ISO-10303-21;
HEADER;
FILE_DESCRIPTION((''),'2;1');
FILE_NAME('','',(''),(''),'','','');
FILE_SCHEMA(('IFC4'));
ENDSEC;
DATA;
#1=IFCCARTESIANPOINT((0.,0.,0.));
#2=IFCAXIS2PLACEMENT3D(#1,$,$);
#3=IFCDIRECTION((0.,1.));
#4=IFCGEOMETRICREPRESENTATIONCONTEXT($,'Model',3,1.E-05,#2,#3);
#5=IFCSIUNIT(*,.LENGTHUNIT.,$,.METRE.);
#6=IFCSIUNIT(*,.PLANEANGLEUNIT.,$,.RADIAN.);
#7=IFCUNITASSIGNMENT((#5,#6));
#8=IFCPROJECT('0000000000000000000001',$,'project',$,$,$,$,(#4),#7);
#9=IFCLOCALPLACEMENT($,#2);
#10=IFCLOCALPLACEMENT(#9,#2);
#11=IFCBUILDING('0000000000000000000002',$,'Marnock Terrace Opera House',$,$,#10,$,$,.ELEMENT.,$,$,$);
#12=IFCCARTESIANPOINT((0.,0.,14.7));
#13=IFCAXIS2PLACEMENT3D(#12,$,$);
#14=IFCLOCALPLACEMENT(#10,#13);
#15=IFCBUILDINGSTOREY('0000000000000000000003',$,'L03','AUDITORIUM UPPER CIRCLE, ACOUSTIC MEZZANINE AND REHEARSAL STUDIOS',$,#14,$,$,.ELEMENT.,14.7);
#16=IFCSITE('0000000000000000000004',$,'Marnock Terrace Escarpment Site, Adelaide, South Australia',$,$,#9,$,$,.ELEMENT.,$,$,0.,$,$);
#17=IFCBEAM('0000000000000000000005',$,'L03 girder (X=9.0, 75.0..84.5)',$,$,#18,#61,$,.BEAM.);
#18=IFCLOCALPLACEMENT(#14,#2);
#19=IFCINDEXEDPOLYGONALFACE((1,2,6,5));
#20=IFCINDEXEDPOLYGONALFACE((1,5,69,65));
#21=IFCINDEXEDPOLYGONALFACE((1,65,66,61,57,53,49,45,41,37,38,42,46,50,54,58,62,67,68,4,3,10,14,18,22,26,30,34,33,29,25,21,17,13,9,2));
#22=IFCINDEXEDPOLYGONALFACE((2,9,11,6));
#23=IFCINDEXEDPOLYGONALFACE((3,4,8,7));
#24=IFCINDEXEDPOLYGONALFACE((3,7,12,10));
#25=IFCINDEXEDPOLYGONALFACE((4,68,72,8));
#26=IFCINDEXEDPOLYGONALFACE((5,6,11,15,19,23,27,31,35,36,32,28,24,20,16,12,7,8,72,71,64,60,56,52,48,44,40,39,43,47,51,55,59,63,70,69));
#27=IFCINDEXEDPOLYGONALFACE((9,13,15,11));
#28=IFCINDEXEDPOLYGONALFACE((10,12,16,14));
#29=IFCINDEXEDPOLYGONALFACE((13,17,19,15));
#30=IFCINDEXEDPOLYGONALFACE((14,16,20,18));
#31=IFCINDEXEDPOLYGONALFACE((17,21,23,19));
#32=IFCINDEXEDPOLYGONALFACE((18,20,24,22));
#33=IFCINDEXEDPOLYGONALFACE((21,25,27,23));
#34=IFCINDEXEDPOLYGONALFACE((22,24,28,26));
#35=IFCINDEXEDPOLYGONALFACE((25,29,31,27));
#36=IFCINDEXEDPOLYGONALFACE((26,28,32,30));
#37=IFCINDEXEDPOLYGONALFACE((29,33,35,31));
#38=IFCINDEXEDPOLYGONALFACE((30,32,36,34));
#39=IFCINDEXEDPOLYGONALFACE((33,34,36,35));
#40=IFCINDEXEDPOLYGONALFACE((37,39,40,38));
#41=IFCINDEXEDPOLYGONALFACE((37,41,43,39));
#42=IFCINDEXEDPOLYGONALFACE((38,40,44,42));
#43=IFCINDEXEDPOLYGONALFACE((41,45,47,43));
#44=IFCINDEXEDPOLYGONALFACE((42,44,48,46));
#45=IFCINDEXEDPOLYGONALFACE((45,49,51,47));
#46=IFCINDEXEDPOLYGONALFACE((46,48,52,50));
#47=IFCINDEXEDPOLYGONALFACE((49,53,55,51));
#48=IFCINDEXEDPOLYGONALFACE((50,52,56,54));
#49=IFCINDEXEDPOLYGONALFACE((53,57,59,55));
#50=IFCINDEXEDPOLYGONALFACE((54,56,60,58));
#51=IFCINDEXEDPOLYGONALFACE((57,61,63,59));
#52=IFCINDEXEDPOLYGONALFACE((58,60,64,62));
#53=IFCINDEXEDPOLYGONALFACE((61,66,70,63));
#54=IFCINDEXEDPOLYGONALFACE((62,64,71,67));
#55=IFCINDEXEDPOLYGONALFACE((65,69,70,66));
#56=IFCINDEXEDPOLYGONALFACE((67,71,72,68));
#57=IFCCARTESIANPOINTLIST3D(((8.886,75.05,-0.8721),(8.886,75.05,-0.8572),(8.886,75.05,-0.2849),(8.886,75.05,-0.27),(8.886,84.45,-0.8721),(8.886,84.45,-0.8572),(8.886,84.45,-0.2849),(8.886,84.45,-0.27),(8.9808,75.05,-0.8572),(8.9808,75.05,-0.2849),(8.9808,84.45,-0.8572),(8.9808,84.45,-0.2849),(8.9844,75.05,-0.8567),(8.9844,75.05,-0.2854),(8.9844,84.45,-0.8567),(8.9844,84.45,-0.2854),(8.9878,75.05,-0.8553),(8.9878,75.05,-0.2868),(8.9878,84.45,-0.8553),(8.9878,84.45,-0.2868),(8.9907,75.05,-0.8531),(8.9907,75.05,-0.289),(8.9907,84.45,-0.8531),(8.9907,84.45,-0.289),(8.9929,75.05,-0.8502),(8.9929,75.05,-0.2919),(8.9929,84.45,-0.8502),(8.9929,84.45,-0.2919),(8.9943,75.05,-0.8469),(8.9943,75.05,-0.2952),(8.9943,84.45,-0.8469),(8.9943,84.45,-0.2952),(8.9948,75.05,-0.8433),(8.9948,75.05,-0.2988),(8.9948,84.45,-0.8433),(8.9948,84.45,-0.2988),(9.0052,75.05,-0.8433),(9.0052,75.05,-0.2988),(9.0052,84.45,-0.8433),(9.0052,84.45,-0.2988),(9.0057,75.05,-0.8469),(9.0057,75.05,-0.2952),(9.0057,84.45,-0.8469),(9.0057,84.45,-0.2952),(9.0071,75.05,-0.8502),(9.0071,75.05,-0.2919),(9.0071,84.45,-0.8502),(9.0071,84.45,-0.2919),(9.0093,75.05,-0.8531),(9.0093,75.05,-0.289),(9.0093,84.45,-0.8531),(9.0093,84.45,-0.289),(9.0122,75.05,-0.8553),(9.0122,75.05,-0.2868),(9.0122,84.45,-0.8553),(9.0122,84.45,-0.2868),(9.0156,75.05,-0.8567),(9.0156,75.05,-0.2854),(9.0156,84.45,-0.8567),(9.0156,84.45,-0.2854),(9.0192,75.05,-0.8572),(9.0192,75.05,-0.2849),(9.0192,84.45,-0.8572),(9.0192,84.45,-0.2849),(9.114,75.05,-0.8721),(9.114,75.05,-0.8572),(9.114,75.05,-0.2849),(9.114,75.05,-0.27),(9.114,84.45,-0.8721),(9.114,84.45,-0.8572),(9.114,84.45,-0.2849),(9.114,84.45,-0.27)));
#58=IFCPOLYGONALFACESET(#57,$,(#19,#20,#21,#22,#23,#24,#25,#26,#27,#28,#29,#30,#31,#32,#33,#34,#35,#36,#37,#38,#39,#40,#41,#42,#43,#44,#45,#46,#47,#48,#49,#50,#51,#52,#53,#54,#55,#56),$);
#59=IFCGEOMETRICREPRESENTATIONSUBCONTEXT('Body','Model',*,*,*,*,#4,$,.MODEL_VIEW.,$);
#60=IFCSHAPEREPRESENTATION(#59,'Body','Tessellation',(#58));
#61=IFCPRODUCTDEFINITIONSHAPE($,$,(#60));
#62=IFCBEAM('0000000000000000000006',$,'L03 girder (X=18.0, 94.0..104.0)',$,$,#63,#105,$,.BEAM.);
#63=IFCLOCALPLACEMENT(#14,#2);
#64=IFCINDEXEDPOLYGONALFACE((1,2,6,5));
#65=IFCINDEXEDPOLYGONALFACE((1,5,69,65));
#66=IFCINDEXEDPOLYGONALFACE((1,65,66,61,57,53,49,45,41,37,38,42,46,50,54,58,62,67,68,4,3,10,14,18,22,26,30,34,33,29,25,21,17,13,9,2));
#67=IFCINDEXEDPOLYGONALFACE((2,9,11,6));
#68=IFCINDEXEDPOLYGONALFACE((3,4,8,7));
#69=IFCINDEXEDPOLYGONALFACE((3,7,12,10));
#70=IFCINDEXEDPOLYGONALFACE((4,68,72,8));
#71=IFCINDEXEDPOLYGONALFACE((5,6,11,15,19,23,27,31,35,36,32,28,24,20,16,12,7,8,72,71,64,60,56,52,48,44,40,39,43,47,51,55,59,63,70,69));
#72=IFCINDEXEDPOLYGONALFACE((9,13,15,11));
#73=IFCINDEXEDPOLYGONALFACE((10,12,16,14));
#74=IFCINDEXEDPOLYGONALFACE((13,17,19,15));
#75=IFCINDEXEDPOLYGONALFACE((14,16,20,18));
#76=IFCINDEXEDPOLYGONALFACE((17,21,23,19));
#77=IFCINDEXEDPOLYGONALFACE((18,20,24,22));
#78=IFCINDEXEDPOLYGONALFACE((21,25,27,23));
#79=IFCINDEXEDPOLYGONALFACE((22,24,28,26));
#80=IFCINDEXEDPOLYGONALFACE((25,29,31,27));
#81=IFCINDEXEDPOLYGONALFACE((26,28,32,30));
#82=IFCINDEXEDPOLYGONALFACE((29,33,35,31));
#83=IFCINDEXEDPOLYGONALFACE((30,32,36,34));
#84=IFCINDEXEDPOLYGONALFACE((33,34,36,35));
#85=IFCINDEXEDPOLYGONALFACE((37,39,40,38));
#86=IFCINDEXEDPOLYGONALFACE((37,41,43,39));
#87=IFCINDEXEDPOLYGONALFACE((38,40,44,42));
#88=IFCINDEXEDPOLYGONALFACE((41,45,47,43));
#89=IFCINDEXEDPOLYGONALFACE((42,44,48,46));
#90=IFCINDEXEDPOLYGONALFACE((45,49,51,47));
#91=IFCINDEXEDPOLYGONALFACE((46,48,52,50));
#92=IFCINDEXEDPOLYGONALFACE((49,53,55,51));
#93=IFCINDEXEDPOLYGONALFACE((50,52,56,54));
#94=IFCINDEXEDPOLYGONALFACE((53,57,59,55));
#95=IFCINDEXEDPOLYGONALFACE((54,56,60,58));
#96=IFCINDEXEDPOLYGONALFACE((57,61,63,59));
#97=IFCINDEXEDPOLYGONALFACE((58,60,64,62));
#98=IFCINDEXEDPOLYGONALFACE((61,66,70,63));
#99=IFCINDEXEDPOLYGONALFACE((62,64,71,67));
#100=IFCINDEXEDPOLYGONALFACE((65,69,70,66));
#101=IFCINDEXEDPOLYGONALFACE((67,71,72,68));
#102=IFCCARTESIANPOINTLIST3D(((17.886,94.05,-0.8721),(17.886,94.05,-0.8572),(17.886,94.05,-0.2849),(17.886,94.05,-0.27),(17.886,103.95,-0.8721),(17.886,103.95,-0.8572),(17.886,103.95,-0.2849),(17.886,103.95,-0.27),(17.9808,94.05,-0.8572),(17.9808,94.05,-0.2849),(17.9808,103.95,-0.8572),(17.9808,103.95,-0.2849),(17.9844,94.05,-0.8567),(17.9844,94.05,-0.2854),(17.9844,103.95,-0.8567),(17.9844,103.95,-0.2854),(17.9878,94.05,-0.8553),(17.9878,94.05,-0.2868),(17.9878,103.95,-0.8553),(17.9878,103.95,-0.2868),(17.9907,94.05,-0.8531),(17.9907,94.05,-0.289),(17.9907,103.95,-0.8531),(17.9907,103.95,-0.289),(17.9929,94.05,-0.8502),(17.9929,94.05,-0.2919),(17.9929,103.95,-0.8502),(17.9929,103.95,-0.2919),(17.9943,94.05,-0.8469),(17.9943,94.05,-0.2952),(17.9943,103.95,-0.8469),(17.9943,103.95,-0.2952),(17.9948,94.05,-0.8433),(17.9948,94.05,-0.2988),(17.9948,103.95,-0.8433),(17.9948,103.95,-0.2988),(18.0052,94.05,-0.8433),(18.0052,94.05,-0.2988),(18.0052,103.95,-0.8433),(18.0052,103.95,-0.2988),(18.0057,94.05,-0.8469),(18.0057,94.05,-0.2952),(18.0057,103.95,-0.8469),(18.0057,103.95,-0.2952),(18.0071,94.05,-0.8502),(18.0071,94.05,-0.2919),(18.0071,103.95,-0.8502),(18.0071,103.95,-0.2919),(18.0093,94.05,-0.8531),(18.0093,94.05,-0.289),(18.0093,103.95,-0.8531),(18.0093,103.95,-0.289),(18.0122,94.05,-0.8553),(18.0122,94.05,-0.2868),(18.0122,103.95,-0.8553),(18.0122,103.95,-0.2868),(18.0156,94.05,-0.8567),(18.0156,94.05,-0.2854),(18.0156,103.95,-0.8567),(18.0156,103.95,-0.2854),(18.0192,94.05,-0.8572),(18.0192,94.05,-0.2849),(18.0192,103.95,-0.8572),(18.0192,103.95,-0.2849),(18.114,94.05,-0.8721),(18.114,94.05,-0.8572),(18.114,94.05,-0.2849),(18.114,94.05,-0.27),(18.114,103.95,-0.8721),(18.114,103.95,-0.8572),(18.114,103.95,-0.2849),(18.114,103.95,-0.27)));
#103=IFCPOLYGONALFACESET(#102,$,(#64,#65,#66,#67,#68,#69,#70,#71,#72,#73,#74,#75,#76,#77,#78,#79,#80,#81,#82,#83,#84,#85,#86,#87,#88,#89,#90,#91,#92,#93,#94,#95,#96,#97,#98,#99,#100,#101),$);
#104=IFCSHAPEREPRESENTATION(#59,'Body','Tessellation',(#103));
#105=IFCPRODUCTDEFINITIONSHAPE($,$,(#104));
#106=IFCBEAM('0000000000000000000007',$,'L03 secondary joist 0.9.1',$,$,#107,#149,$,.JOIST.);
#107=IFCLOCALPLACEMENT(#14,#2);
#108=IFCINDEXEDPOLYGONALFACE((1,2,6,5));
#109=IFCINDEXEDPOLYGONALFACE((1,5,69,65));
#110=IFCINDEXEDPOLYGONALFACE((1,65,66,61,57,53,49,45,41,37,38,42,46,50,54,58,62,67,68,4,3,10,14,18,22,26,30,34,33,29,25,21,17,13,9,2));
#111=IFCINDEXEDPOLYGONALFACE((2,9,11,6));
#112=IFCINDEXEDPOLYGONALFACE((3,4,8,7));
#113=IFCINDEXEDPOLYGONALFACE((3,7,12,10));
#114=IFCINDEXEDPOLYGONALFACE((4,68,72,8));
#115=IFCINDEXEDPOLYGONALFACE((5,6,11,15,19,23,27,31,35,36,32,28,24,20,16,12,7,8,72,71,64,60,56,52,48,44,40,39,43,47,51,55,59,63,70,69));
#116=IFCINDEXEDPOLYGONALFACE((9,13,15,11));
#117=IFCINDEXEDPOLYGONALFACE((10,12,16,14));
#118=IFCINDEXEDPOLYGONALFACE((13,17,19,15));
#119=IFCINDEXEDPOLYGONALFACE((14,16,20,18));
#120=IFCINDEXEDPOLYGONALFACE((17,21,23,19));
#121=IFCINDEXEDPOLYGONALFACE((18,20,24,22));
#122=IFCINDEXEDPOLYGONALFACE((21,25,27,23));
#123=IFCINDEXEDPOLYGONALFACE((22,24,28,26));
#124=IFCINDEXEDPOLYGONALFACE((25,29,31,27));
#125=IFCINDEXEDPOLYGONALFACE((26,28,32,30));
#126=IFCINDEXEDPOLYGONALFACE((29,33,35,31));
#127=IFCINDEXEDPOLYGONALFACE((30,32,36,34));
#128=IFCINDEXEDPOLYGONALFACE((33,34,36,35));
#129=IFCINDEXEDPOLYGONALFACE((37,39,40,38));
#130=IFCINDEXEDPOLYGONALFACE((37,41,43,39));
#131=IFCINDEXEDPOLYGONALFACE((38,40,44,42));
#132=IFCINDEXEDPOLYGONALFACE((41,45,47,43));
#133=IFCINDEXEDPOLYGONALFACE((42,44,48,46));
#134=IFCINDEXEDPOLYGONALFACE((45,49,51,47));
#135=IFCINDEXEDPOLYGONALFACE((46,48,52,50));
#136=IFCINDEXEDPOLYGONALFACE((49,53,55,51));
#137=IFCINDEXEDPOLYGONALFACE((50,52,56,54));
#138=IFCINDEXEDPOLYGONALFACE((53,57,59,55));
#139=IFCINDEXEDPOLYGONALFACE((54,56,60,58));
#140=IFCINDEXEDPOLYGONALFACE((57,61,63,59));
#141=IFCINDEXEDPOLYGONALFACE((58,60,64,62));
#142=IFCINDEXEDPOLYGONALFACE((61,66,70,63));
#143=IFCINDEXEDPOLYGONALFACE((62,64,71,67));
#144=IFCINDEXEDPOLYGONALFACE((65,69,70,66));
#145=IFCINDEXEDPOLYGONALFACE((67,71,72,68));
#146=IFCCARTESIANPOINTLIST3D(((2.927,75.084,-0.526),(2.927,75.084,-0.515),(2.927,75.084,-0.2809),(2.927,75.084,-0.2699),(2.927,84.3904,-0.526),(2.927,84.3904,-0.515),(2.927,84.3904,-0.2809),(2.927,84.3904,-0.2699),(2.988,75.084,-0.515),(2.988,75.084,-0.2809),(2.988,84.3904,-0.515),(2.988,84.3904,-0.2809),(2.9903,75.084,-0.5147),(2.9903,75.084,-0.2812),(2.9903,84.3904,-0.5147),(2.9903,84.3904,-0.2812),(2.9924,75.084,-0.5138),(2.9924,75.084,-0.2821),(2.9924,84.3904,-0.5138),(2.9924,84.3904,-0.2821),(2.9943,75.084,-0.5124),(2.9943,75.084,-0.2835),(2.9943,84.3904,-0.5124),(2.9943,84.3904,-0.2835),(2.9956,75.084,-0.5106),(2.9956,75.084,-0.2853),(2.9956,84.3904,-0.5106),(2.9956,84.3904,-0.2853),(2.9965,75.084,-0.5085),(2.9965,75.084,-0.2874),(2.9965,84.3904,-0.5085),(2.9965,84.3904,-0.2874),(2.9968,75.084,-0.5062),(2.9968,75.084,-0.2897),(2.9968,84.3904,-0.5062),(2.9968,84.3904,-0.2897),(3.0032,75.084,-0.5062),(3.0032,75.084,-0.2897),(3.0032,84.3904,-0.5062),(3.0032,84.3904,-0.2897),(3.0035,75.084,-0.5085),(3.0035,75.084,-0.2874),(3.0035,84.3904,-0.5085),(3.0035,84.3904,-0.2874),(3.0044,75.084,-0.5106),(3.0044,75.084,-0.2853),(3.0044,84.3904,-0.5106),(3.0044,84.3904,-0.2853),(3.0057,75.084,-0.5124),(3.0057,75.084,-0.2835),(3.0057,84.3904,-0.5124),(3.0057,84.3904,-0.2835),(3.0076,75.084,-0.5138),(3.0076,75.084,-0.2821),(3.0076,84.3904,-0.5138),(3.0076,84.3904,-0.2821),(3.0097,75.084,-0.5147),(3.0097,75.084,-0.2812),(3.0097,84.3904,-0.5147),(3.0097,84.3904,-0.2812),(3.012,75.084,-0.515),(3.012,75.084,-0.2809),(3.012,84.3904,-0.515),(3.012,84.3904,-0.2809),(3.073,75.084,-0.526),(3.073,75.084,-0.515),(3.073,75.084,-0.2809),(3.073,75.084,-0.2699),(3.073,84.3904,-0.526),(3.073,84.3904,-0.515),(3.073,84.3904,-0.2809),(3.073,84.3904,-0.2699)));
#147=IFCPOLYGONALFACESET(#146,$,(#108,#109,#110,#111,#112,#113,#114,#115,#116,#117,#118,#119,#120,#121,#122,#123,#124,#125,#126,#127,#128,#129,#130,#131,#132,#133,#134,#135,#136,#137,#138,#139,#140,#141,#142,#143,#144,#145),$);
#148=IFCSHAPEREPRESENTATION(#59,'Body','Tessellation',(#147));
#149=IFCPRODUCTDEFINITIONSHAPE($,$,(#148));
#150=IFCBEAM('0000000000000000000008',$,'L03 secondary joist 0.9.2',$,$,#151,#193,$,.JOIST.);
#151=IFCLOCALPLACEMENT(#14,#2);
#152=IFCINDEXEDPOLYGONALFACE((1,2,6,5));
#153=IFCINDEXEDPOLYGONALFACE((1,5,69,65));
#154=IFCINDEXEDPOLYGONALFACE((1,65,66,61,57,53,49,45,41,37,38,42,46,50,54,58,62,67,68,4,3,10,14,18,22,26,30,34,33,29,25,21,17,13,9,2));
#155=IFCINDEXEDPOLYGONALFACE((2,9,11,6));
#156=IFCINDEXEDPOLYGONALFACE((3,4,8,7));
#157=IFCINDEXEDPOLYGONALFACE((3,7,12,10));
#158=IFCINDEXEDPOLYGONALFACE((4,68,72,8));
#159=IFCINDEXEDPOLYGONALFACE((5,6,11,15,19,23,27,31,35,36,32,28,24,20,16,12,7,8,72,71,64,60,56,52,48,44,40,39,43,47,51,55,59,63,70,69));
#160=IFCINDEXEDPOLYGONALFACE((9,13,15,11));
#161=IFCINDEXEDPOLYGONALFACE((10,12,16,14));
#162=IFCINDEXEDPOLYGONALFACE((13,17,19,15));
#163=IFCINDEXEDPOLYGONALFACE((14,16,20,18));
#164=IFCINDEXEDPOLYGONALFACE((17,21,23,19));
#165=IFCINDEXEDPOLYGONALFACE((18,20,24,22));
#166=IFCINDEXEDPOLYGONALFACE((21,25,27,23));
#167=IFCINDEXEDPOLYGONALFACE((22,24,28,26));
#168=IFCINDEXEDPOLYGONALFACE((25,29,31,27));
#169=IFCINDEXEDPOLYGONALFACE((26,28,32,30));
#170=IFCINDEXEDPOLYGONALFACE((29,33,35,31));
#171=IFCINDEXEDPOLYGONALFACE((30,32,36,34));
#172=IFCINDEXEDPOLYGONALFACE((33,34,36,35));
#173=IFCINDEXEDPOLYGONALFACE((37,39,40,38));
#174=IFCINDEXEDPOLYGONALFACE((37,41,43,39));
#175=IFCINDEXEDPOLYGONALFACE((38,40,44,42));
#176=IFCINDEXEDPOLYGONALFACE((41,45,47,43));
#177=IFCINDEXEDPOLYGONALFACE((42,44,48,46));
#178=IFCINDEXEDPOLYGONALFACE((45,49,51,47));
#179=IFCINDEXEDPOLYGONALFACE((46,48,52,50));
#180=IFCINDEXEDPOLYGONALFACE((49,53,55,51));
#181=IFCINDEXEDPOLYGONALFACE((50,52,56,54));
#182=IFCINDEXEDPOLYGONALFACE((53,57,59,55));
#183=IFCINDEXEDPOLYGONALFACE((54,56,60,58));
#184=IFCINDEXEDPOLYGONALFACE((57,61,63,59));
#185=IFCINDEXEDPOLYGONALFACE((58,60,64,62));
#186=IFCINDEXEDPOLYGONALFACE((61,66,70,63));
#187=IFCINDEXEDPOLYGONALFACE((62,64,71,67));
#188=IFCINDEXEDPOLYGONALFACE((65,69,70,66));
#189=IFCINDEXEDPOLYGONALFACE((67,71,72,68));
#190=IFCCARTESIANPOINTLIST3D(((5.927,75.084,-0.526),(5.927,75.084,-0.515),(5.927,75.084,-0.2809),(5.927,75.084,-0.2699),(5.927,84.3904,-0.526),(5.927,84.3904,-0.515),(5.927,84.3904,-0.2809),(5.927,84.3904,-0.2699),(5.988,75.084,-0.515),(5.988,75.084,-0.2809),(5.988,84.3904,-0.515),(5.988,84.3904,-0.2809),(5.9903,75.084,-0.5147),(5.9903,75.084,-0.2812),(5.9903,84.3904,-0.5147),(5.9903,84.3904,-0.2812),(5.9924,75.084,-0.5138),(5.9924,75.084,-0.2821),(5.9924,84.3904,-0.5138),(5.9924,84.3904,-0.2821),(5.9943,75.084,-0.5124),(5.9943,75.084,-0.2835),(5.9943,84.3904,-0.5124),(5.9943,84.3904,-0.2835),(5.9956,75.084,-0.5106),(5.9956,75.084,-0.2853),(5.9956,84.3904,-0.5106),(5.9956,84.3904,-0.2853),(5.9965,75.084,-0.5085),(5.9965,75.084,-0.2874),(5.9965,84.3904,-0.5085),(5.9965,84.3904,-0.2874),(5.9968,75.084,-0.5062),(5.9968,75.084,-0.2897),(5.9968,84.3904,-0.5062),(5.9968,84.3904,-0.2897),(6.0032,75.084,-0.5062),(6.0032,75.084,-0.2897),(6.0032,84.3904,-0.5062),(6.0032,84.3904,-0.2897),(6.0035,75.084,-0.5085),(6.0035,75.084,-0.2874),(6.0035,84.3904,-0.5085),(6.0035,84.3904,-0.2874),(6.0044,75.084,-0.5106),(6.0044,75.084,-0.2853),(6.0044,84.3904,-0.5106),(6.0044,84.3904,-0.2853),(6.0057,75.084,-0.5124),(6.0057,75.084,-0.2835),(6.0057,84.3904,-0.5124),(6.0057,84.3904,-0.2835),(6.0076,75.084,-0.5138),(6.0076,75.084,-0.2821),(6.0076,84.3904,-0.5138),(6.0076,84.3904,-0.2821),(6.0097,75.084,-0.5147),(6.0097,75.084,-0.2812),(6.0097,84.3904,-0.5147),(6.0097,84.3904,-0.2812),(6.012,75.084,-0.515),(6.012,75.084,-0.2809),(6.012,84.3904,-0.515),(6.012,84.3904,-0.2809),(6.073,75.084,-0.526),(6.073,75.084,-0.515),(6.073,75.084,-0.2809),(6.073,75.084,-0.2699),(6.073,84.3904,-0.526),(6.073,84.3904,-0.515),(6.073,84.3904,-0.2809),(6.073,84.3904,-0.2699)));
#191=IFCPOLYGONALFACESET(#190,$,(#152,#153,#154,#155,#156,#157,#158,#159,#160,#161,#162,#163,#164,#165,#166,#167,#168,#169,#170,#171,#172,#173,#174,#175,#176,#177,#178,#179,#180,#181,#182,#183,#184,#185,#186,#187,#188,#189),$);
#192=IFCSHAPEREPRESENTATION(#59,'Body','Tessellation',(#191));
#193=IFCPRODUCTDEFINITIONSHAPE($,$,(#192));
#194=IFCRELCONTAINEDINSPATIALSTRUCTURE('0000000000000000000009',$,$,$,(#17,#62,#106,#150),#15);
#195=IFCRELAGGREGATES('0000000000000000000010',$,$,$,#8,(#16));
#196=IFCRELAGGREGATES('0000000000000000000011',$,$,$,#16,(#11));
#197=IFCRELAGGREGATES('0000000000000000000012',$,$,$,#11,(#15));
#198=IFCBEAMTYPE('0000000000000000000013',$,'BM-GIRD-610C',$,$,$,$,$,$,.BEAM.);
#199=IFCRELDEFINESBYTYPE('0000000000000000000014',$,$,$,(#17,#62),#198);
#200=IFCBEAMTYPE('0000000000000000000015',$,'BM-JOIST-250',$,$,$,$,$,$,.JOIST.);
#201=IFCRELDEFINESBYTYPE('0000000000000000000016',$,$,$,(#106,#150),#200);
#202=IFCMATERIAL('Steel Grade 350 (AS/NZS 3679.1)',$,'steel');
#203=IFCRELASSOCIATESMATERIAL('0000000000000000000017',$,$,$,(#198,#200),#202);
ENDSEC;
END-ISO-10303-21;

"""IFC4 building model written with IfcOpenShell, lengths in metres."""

from ifc_helpers import new_model, si_unit, direction, frame, origin, origin_2d, place, context, subcontext, project, spatial, i_section, extrude, material, material_profile, profile_set, type_object, element, save


model = new_model("IFC4")

# Units and contexts
model_context = context("Model", 3, precision=1e-05, world=origin(), true_north=direction((0.0, 1.0)))
body_context = subcontext(model_context, "Body", "Model", "MODEL_VIEW")
ifc_project = project(units=[si_unit("LENGTHUNIT", "METRE"), si_unit("PLANEANGLEUNIT", "RADIAN")], contexts=[model_context])

# Site, building, storey
site_placement = place(None, origin())
site = spatial("IfcSite", under=ifc_project, at=site_placement, Name="Marnock Terrace Escarpment Site, Adelaide, South Australia", CompositionType="ELEMENT", RefElevation=0.0)
building_placement = place(site_placement, origin())
building = spatial("IfcBuilding", under=site, at=building_placement, Name="Marnock Terrace Opera House", CompositionType="ELEMENT")
storey_placement = place(building_placement, frame((0.0, 0.0, 14.7)))
storey = spatial("IfcBuildingStorey", under=building, at=storey_placement, Name="L03", Description="AUDITORIUM UPPER CIRCLE, ACOUSTIC MEZZANINE AND REHEARSAL STUDIOS", CompositionType="ELEMENT", Elevation=14.7)

# Beams
ifc_material = material(Name="Steel Grade 350 (AS/NZS 3679.1)", Category="steel")
ifc_material_profile_1 = material_profile(ifc_material, i_section(OverallWidth=0.228, OverallDepth=0.6021, WebThickness=0.0105, FlangeThickness=0.0149, FilletRadius=0.0139, at=origin_2d()))
ifc_profile_set_1 = profile_set([ifc_material_profile_1], Name="Steel Grade 350 (AS/NZS 3679.1)")
beam_type_1 = type_object("IfcBeamType", Name="BM-GIRD-610C", PredefinedType="BEAM", material=ifc_profile_set_1)
beam_1_placement = place(storey_placement, frame((9.0, 75.05, -0.571), z_axis=(0.0, 1.0, 0.0), x_axis=(-1.0, 0.0, 0.0)))
element("IfcBeam", 1, at=beam_1_placement, inside=storey, type_object=beam_type_1, Name="L03 girder (X=9.0, 75.0..84.5)", PredefinedType="BEAM", context=body_context, shape_type="SweptSolid", body=[
    extrude(i_section(OverallWidth=0.228, OverallDepth=0.6021, WebThickness=0.0105, FlangeThickness=0.0149, FilletRadius=0.0139, at=origin_2d()), origin(), (0.0, 0.0, 1.0), 9.3999),
])
beam_2_placement = place(storey_placement, frame((18.0, 94.05, -0.571), z_axis=(0.0, 1.0, 0.0), x_axis=(-1.0, 0.0, 0.0)))
element("IfcBeam", 2, at=beam_2_placement, inside=storey, type_object=beam_type_1, Name="L03 girder (X=18.0, 94.0..104.0)", PredefinedType="BEAM", context=body_context, shape_type="SweptSolid", body=[
    extrude(i_section(OverallWidth=0.228, OverallDepth=0.6021, WebThickness=0.0105, FlangeThickness=0.0149, FilletRadius=0.0139, at=origin_2d()), origin(), (0.0, 0.0, 1.0), 9.8999),
])
ifc_material_profile_2 = material_profile(ifc_material, i_section(OverallWidth=0.146, OverallDepth=0.2561, WebThickness=0.0063, FlangeThickness=0.011, FilletRadius=0.0088, at=origin_2d()))
ifc_profile_set_2 = profile_set([ifc_material_profile_2], Name="Steel Grade 350 (AS/NZS 3679.1)")
beam_type_2 = type_object("IfcBeamType", Name="BM-JOIST-250", PredefinedType="JOIST", material=ifc_profile_set_2)
for number, where, z_axis, x_axis, name in (
    (3, (3.0, 75.084, -0.3979), (0.0, 1.0, 0.0), (-1.0, 0.0, 0.0), "L03 secondary joist 0.9.1"),
    (4, (6.0, 75.084, -0.3979), (0.0, 1.0, 0.0), (-1.0, 0.0, 0.0), "L03 secondary joist 0.9.2"),
):
    element("IfcBeam", number, at=place(storey_placement, frame(where, z_axis=z_axis, x_axis=x_axis)), inside=storey, type_object=beam_type_2, Name=name, PredefinedType="JOIST", context=body_context, shape_type="SweptSolid", body=[
        extrude(i_section(OverallWidth=0.146, OverallDepth=0.2561, WebThickness=0.0063, FlangeThickness=0.011, FilletRadius=0.0088, at=origin_2d()), origin(), (0.0, 0.0, 1.0), 9.3064),
    ])

save(model, "model.ifc")
